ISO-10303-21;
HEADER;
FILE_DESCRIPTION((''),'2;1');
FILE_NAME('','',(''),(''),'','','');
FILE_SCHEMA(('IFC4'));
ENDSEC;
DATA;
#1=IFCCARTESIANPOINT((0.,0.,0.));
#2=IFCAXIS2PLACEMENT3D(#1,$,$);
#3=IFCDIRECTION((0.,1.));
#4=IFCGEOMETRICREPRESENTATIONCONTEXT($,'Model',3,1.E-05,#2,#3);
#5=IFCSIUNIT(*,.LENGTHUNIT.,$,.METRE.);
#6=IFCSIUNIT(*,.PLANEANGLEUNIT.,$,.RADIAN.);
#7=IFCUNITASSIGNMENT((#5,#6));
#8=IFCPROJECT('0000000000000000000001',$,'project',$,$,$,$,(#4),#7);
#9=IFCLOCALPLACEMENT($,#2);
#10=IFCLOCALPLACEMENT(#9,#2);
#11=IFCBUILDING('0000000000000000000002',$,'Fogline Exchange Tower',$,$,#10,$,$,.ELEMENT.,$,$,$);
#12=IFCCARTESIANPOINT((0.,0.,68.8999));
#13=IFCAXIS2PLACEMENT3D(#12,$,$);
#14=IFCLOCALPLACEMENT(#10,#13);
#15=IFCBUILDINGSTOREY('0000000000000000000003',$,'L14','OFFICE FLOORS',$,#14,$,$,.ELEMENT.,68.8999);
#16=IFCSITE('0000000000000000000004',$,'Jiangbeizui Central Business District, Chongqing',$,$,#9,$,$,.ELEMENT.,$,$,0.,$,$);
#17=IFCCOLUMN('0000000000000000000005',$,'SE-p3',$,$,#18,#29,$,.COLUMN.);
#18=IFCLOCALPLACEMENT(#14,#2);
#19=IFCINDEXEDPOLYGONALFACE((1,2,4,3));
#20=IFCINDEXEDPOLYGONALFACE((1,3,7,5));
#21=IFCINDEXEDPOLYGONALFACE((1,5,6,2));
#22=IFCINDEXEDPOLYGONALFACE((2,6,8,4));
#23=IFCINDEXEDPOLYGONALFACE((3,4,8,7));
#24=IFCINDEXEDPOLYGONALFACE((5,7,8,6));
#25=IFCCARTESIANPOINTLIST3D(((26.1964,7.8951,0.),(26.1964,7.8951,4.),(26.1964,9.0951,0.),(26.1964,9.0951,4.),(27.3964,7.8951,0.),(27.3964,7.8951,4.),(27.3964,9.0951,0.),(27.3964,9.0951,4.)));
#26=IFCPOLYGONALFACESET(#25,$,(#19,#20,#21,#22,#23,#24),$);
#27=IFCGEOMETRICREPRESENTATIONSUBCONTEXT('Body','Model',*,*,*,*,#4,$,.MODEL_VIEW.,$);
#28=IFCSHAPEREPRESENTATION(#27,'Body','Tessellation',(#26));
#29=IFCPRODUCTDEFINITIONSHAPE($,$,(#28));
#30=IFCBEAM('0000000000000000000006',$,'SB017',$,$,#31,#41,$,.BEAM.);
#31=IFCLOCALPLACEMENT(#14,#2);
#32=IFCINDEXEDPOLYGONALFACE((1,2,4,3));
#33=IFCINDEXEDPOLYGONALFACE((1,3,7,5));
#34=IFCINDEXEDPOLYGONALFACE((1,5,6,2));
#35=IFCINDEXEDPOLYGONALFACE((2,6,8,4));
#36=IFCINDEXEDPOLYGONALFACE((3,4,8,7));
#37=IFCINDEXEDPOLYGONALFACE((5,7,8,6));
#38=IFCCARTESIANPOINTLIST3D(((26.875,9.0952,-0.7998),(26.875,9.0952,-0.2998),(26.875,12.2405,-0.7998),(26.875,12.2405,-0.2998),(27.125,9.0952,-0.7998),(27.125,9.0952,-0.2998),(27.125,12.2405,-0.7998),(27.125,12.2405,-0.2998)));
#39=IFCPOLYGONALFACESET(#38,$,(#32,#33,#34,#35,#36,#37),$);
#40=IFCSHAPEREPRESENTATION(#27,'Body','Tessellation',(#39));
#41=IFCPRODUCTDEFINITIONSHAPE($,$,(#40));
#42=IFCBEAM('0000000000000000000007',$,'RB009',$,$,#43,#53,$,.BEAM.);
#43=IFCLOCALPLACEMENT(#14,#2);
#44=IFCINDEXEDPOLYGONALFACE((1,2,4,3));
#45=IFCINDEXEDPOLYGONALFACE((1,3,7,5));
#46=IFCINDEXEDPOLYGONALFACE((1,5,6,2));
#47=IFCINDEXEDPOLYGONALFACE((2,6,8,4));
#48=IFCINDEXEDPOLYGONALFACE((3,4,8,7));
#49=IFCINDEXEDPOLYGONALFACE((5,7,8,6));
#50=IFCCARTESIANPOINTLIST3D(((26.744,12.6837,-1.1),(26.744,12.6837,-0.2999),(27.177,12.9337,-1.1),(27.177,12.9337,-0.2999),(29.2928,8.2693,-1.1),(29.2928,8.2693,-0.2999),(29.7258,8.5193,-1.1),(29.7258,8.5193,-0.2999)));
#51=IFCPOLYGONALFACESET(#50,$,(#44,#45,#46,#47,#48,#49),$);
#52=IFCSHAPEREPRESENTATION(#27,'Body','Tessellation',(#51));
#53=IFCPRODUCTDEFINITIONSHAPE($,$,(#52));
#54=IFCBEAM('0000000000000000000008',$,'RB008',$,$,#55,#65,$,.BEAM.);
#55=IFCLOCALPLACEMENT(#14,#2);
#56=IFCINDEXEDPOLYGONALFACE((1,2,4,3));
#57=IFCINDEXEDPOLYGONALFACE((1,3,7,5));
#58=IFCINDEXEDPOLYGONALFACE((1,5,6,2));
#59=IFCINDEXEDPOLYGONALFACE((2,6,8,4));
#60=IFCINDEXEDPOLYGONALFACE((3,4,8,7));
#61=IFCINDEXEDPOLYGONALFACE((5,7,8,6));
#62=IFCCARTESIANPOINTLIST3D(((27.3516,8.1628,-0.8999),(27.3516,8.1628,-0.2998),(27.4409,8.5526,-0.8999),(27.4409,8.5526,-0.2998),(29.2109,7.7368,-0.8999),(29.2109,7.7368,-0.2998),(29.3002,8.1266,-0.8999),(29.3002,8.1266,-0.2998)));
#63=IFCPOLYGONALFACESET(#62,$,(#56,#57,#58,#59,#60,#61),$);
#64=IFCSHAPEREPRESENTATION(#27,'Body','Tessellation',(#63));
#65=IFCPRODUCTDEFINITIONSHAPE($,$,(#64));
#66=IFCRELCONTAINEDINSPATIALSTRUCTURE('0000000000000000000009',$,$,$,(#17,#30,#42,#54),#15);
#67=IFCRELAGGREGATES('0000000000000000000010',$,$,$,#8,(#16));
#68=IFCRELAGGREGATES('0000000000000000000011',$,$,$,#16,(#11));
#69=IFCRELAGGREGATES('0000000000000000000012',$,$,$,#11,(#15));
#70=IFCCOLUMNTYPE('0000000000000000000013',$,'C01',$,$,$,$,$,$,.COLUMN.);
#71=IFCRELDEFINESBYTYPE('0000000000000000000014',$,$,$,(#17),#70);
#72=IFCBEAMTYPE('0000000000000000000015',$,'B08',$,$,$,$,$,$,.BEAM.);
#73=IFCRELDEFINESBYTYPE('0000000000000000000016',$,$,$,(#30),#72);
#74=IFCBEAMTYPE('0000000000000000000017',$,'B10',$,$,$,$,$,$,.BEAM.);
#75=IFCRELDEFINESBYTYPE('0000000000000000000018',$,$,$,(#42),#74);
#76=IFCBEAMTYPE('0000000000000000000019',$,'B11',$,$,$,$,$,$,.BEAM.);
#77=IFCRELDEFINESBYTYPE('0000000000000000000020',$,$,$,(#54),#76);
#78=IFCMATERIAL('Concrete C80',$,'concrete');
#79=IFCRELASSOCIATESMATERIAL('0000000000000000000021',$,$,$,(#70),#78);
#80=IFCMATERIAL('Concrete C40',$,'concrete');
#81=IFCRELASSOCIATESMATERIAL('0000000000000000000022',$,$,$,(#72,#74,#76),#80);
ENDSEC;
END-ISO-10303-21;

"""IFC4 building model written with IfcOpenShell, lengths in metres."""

from ifc_helpers import new_model, si_unit, direction, frame, origin, origin_2d, place, context, subcontext, project, spatial, rectangle, extrude, material, material_profile, profile_set, type_object, element, save


model = new_model("IFC4")

# Units and contexts
model_context = context("Model", 3, precision=1e-05, world=origin(), true_north=direction((0.0, 1.0)))
body_context = subcontext(model_context, "Body", "Model", "MODEL_VIEW")
ifc_project = project(units=[si_unit("LENGTHUNIT", "METRE"), si_unit("PLANEANGLEUNIT", "RADIAN")], contexts=[model_context])

# Site, building, storey
site_placement = place(None, origin())
site = spatial("IfcSite", under=ifc_project, at=site_placement, Name="Jiangbeizui Central Business District, Chongqing", CompositionType="ELEMENT", RefElevation=0.0)
building_placement = place(site_placement, origin())
building = spatial("IfcBuilding", under=site, at=building_placement, Name="Fogline Exchange Tower", CompositionType="ELEMENT")
storey_placement = place(building_placement, frame((0.0, 0.0, 68.8999)))
storey = spatial("IfcBuildingStorey", under=building, at=storey_placement, Name="L14", Description="OFFICE FLOORS", CompositionType="ELEMENT", Elevation=68.8999)

# Column
ifc_material_1 = material(Name="Concrete C80", Category="concrete")
ifc_material_profile_1 = material_profile(ifc_material_1, rectangle(XDim=1.2, YDim=1.2, at=origin_2d()), Name="RC 1200x1200")
ifc_profile_set_1 = profile_set([ifc_material_profile_1], Name="Concrete C80")
column_type = type_object("IfcColumnType", Name="C01", PredefinedType="COLUMN", material=ifc_profile_set_1)
column_placement = place(storey_placement, frame((26.7964, 8.4951, 0.0), z_axis=(0.0, 0.0, 1.0), x_axis=(1.0, 0.0, 0.0)))
element("IfcColumn", 1, at=column_placement, inside=storey, type_object=column_type, Name="SE-p3", PredefinedType="COLUMN", context=body_context, shape_type="SweptSolid", body=[
    extrude(rectangle(XDim=1.2, YDim=1.2, at=origin_2d()), origin(), (0.0, 0.0, 1.0), 4.0),
])

# Beams
ifc_material_2 = material(Name="Concrete C40", Category="concrete")
ifc_material_profile_2 = material_profile(ifc_material_2, rectangle(XDim=0.25, YDim=0.5, at=origin_2d()), Name="RC 250x500")
ifc_profile_set_2 = profile_set([ifc_material_profile_2], Name="Concrete C40")
beam_type_1 = type_object("IfcBeamType", Name="B08", PredefinedType="BEAM", material=ifc_profile_set_2)
beam_1_placement = place(storey_placement, frame((27.0, 9.0952, -0.5498), z_axis=(0.0, 1.0, 0.0), x_axis=(-1.0, 0.0, 0.0)))
element("IfcBeam", 2, at=beam_1_placement, inside=storey, type_object=beam_type_1, Name="SB017", PredefinedType="BEAM", context=body_context, shape_type="SweptSolid", body=[
    extrude(rectangle(XDim=0.25, YDim=0.5, at=origin_2d()), origin(), (0.0, 0.0, 1.0), 3.1453),
])
ifc_material_profile_3 = material_profile(ifc_material_2, rectangle(XDim=0.5, YDim=0.8, at=origin_2d()), Name="RC 500x800")
ifc_profile_set_3 = profile_set([ifc_material_profile_3], Name="Concrete C40")
beam_type_2 = type_object("IfcBeamType", Name="B10", PredefinedType="BEAM", material=ifc_profile_set_3)
beam_2_placement = place(storey_placement, frame((29.5093, 8.3943, -0.7), z_axis=(-0.500013, 0.866018, 0.0), x_axis=(-0.866018, -0.500013, 0.0)))
element("IfcBeam", 3, at=beam_2_placement, inside=storey, type_object=beam_type_2, Name="RB009", PredefinedType="BEAM", context=body_context, shape_type="SweptSolid", body=[
    extrude(rectangle(XDim=0.5, YDim=0.8, at=origin_2d()), origin(), (0.0, 0.0, 1.0), 5.0974),
])
ifc_material_profile_4 = material_profile(ifc_material_2, rectangle(XDim=0.3999, YDim=0.6001, at=origin_2d()), Name="RC 400x600")
ifc_profile_set_4 = profile_set([ifc_material_profile_4], Name="Concrete C40")
beam_type_3 = type_object("IfcBeamType", Name="B11", PredefinedType="BEAM", material=ifc_profile_set_4)
beam_3_placement = place(storey_placement, frame((27.3962, 8.3577, -0.5999), z_axis=(0.974742, -0.223336, 0.0), x_axis=(0.223336, 0.974742, 0.0)))
element("IfcBeam", 4, at=beam_3_placement, inside=storey, type_object=beam_type_3, Name="RB008", PredefinedType="BEAM", context=body_context, shape_type="SweptSolid", body=[
    extrude(rectangle(XDim=0.3999, YDim=0.6001, at=origin_2d()), origin(), (0.0, 0.0, 1.0), 1.9075),
])

save(model, "model.ifc")
